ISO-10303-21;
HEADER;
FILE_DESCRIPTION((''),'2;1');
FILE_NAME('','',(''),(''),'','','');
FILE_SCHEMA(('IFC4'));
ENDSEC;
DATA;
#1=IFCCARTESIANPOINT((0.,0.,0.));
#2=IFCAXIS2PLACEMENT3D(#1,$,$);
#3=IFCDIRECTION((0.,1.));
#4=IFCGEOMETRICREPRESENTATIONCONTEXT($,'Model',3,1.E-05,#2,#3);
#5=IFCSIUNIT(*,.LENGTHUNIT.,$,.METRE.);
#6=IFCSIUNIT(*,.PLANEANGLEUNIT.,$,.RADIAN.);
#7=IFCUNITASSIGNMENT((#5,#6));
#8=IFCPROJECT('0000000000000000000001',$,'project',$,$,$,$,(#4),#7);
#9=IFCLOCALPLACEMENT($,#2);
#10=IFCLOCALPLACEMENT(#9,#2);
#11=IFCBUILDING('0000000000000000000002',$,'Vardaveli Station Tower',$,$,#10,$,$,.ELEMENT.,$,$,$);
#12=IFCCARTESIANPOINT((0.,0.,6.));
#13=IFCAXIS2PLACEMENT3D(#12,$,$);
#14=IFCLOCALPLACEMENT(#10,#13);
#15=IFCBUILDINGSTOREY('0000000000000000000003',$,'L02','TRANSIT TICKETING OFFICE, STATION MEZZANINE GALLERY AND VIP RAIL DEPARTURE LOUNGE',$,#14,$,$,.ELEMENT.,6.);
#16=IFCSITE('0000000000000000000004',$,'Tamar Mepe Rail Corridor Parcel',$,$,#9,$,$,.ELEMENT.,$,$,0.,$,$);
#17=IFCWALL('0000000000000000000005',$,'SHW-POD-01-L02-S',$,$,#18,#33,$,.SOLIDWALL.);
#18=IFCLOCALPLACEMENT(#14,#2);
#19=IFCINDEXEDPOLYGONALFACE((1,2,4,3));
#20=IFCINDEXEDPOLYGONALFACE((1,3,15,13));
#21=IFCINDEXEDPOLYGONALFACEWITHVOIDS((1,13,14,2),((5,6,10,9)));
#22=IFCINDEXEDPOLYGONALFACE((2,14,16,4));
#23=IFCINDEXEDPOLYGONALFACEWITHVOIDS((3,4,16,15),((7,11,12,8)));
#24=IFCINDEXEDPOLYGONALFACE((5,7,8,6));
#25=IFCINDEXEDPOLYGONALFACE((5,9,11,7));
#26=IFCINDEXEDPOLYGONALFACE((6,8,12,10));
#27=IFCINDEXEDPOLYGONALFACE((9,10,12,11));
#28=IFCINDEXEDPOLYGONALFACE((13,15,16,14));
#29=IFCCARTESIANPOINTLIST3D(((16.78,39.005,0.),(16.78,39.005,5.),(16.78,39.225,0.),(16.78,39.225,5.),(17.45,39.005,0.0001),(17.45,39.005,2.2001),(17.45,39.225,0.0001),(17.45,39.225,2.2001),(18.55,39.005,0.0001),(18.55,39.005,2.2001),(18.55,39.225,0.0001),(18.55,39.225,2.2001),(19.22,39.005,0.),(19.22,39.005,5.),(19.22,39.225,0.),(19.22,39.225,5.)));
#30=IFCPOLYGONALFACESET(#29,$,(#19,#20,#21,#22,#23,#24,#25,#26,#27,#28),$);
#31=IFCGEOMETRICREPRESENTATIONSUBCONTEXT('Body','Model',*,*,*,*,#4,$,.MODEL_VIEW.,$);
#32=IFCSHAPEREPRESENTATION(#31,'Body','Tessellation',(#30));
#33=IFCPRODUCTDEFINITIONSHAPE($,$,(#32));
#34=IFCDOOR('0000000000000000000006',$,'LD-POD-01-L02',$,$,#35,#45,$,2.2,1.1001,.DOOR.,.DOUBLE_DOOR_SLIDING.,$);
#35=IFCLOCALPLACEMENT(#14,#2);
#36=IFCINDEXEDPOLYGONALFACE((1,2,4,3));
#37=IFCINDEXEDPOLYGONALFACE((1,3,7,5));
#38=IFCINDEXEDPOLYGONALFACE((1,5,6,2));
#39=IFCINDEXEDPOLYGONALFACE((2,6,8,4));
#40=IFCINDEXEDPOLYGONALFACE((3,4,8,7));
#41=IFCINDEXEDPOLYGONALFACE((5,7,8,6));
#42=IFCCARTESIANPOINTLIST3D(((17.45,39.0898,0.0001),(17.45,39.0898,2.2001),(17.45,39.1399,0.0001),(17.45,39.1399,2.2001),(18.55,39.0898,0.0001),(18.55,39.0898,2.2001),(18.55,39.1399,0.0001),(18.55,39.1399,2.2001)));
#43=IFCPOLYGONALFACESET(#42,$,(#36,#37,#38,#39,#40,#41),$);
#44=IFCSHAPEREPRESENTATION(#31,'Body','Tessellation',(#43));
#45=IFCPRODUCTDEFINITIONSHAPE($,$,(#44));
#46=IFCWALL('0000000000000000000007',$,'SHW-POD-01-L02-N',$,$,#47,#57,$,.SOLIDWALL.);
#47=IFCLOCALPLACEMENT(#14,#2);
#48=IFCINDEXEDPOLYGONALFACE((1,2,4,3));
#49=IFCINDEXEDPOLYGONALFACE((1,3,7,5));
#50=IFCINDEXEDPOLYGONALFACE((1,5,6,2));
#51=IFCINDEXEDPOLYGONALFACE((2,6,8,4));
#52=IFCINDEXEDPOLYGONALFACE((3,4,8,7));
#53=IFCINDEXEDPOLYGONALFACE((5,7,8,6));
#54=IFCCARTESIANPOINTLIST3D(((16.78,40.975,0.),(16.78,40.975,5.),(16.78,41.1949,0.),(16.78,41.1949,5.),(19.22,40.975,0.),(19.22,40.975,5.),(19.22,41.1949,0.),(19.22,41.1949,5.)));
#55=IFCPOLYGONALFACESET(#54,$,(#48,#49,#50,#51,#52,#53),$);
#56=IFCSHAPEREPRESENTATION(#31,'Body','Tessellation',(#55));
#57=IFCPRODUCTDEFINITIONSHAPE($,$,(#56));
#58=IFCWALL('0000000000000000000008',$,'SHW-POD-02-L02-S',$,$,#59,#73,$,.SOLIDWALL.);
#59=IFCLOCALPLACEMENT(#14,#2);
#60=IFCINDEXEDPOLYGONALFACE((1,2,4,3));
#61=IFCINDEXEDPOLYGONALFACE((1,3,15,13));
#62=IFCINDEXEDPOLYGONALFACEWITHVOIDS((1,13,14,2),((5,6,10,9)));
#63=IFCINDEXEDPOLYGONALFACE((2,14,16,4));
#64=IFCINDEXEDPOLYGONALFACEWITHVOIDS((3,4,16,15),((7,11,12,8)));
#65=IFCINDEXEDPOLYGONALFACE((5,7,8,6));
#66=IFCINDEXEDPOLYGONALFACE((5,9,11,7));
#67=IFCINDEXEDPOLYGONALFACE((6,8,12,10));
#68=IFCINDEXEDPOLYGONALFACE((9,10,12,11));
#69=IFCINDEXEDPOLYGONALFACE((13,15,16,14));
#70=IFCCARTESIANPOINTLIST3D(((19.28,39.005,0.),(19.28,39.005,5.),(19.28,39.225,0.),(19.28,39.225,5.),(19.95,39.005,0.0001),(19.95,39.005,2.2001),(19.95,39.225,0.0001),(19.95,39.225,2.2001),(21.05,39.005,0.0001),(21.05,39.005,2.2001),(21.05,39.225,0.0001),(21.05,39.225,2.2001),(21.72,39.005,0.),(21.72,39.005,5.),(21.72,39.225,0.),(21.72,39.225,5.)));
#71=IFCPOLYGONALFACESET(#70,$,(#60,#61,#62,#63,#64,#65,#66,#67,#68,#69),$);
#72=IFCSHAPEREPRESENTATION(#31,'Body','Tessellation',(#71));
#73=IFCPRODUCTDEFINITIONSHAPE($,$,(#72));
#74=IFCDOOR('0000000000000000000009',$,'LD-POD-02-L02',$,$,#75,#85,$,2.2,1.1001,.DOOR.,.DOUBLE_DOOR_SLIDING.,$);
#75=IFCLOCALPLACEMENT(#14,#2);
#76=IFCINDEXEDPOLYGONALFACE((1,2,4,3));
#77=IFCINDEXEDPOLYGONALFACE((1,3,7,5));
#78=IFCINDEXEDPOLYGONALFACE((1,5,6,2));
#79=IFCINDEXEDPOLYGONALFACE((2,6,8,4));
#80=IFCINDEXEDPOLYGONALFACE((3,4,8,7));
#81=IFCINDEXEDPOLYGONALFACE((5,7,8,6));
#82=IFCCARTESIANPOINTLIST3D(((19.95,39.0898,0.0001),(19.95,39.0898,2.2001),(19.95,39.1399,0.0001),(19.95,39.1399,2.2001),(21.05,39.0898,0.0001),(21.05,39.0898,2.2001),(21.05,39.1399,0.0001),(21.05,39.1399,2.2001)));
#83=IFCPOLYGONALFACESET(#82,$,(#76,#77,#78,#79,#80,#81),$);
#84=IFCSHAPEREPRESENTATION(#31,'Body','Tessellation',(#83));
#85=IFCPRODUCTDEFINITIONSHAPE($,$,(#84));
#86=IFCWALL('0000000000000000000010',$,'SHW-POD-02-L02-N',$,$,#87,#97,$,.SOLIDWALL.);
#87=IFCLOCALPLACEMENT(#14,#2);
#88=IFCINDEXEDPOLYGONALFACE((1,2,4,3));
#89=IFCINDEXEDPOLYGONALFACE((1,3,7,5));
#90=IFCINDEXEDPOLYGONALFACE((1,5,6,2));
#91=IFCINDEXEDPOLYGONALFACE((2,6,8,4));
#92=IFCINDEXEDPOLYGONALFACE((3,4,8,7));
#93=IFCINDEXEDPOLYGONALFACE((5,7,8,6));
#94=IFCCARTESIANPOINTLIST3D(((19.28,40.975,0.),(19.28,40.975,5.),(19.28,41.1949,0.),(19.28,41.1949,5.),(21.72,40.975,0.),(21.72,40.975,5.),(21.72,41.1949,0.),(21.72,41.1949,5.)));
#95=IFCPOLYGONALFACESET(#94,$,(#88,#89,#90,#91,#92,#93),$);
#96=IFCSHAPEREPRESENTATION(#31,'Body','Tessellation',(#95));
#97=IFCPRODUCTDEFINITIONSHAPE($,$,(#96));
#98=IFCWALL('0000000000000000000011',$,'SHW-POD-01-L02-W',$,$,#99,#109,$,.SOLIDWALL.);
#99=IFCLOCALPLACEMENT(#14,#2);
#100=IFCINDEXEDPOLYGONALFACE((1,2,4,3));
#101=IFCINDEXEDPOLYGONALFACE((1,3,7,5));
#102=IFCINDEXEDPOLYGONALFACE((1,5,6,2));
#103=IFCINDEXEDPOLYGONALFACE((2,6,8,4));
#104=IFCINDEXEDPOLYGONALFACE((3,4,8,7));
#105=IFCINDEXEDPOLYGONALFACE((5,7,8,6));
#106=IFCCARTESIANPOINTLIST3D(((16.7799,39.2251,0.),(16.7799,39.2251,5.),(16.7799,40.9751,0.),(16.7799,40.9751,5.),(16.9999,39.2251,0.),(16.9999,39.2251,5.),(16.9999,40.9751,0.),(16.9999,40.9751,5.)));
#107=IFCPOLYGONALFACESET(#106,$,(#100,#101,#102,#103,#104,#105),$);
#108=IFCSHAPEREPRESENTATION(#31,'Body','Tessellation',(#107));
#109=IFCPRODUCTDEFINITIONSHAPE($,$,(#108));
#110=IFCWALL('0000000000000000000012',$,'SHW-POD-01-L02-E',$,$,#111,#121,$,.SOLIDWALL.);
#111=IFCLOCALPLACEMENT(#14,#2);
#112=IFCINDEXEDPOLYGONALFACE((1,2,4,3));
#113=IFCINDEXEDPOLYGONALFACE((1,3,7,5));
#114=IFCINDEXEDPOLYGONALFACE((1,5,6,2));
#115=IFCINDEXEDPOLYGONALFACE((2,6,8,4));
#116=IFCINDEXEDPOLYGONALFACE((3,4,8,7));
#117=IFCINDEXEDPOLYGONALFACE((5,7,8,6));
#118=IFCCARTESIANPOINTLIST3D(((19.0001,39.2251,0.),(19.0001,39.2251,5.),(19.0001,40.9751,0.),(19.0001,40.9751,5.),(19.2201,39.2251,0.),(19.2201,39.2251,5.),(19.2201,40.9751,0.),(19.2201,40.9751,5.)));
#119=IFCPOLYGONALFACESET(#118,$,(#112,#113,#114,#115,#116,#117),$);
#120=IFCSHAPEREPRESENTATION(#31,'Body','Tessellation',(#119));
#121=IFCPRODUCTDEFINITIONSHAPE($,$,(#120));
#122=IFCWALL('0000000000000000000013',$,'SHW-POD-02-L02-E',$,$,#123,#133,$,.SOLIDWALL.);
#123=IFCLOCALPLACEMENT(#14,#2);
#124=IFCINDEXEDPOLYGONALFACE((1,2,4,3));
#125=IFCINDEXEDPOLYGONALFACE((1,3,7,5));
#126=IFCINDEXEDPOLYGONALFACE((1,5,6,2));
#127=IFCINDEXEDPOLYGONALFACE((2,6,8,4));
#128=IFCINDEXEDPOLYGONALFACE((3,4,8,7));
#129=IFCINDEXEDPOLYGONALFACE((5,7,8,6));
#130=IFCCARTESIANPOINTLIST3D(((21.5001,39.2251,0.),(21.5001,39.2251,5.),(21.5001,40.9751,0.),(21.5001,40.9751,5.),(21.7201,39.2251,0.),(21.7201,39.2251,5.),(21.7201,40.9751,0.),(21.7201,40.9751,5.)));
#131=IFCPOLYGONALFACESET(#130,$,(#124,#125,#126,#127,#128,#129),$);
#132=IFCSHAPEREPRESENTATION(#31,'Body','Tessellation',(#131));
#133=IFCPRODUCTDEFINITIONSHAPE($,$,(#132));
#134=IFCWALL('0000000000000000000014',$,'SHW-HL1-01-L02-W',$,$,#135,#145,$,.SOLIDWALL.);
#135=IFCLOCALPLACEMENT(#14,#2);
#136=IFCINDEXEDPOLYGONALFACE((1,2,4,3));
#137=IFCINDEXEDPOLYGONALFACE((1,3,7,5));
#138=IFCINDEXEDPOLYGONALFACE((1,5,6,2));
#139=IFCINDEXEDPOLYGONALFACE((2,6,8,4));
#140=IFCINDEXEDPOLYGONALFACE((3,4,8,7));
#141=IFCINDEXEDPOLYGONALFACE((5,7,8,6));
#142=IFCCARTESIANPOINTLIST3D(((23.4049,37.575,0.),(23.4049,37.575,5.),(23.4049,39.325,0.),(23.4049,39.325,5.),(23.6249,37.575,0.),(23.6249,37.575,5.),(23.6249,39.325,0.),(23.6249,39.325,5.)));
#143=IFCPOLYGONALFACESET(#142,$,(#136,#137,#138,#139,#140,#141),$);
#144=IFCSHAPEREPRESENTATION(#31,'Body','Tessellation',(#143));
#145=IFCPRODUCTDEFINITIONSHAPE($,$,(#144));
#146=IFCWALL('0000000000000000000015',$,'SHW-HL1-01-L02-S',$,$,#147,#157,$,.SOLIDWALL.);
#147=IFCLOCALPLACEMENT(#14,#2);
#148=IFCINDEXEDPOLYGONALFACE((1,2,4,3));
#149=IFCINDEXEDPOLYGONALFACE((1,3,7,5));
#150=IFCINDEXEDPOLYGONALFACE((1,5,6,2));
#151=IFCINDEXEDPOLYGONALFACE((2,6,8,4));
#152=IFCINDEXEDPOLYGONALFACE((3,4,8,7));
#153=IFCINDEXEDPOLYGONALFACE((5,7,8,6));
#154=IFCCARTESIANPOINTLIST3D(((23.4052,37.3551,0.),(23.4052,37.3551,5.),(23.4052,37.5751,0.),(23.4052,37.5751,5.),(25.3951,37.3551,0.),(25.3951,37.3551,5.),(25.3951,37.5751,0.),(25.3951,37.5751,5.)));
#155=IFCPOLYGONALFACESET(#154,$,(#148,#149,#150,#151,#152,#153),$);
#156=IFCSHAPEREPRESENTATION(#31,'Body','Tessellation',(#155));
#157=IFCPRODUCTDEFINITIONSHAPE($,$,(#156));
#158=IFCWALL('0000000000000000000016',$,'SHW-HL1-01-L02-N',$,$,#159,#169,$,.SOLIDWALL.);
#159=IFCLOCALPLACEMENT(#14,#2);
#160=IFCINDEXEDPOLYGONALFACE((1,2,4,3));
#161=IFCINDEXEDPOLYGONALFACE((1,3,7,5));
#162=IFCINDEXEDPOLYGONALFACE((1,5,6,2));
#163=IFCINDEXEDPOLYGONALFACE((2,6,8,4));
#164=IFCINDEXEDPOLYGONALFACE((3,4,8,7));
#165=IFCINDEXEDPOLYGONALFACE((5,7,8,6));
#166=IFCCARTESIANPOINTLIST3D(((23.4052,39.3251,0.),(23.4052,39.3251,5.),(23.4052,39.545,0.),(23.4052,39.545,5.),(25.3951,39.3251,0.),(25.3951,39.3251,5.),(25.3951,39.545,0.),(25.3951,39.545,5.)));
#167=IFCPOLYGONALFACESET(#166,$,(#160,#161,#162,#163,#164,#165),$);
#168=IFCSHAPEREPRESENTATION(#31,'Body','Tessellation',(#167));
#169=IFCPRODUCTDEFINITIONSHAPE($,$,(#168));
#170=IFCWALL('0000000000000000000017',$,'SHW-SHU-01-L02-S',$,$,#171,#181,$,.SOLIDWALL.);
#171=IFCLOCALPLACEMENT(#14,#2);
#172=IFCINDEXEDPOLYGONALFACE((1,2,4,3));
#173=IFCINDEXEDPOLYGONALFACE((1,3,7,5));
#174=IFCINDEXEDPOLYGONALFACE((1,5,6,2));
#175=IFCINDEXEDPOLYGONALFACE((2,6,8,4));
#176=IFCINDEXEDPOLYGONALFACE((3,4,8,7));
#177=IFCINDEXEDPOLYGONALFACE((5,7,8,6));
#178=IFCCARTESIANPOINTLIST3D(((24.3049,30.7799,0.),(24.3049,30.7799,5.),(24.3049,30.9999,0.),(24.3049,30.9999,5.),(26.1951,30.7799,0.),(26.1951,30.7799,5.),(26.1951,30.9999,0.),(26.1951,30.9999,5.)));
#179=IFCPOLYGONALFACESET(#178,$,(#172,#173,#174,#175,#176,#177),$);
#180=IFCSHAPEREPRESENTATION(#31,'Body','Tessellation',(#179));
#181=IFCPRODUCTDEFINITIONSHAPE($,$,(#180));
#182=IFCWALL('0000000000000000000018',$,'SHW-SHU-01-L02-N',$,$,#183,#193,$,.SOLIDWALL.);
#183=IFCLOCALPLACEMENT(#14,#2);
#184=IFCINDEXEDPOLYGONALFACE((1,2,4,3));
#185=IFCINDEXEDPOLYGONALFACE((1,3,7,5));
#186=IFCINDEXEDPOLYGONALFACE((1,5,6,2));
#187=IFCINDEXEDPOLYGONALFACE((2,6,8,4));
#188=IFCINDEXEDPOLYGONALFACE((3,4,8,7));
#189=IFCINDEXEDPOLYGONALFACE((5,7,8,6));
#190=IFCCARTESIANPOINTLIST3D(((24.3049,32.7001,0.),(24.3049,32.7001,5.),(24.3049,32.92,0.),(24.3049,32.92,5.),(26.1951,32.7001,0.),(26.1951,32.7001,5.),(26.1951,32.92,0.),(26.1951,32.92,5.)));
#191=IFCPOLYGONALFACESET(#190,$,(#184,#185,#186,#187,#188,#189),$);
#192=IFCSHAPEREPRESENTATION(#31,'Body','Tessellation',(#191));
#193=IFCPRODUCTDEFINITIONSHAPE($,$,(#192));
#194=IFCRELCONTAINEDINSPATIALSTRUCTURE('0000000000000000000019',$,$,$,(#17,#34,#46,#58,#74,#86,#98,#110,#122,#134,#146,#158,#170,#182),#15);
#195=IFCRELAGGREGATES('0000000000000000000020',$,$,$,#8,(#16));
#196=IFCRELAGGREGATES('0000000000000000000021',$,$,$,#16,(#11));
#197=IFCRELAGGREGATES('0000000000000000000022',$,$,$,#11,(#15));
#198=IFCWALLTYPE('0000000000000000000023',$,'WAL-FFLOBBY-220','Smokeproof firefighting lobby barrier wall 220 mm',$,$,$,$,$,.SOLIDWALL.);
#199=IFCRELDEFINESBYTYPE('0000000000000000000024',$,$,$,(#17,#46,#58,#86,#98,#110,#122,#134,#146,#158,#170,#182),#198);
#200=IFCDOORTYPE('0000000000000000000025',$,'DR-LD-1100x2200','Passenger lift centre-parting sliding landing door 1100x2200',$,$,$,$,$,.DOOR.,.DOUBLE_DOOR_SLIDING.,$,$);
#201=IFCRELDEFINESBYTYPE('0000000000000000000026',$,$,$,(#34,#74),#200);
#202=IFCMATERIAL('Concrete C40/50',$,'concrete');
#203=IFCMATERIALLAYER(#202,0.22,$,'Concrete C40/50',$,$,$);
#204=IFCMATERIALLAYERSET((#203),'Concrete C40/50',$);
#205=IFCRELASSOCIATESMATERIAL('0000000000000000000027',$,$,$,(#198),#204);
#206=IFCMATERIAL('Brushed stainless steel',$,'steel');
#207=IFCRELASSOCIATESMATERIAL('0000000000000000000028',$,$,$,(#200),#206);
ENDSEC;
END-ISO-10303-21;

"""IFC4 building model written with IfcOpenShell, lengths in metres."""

from ifc_helpers import new_model, si_unit, direction, frame, frame_2d, origin, place, context, subcontext, project, spatial, rectangle, extrude, source, transform, mapped, material, layer, layer_set, type_object, element, fill, save


model = new_model("IFC4")

# Units and contexts
model_context = context("Model", 3, precision=1e-05, world=origin(), true_north=direction((0.0, 1.0)))
body_context = subcontext(model_context, "Body", "Model", "MODEL_VIEW")
ifc_project = project(units=[si_unit("LENGTHUNIT", "METRE"), si_unit("PLANEANGLEUNIT", "RADIAN")], contexts=[model_context])

# Site, building, storey
site_placement = place(None, origin())
site = spatial("IfcSite", under=ifc_project, at=site_placement, Name="Tamar Mepe Rail Corridor Parcel", CompositionType="ELEMENT", RefElevation=0.0)
building_placement = place(site_placement, origin())
building = spatial("IfcBuilding", under=site, at=building_placement, Name="Vardaveli Station Tower", CompositionType="ELEMENT")
storey_placement = place(building_placement, frame((0.0, 0.0, 6.0)))
storey = spatial("IfcBuildingStorey", under=building, at=storey_placement, Name="L02", Description="TRANSIT TICKETING OFFICE, STATION MEZZANINE GALLERY AND VIP RAIL DEPARTURE LOUNGE", CompositionType="ELEMENT", Elevation=6.0)

# Shared definitions
ifc_material_1 = material(Name="Concrete C40/50", Category="concrete")

# Wall, opening, door
ifc_layer_1 = layer(ifc_material_1, 0.22, Name="Concrete C40/50")
ifc_layer_set_1 = layer_set([ifc_layer_1], Name="Concrete C40/50")
wall_type_1 = type_object("IfcWallType", Name="WAL-FFLOBBY-220", Description="Smokeproof firefighting lobby barrier wall 220 mm", PredefinedType="SOLIDWALL", material=ifc_layer_set_1)
shared_shape_1 = source(origin(), body_context, "Body", "SweptSolid", [
    extrude(rectangle(XDim=2.4399, YDim=0.22, at=frame_2d((1.22, 0.0))), origin(), (0.0, 0.0, 1.0), 5.0),
])
wall_1_placement = place(storey_placement, frame((16.78, 39.115, 0.0), z_axis=(0.0, 0.0, 1.0), x_axis=(1.0, 0.0, 0.0)))
wall_1 = element("IfcWall", 1, at=wall_1_placement, inside=storey, type_object=wall_type_1, Name="SHW-POD-01-L02-S", PredefinedType="SOLIDWALL", context=body_context, shape_type="MappedRepresentation", body=[
    mapped(shared_shape_1, transform((0.0, 0.0, 0.0), scale=1.0)),
])
shared_shape_2 = source(origin(), body_context, "Body", "SweptSolid", [
    extrude(rectangle(XDim=1.1001, YDim=2.2, at=frame_2d((0.55, 1.1001))), frame((0.0, 0.1201, 0.0), z_axis=(0.0, -1.0, 0.0), x_axis=(1.0, 0.0, 0.0)), (0.0, 0.0, 1.0), 0.24),
])
opening_1_placement = place(wall_1_placement, frame((0.6699, 0.0, 0.0)))
opening_1 = element("IfcOpeningElement", 2, at=opening_1_placement, cuts=wall_1, PredefinedType="OPENING", context=body_context, shape_type="MappedRepresentation", body=[
    mapped(shared_shape_2, transform((0.0, 0.0, 0.0), scale=1.0)),
])
ifc_material_2 = material(Name="Brushed stainless steel", Category="steel")
door_type = type_object("IfcDoorType", Name="DR-LD-1100x2200", Description="Passenger lift centre-parting sliding landing door 1100x2200", OperationType="DOUBLE_DOOR_SLIDING", PredefinedType="DOOR", material=ifc_material_2)
shared_shape_3 = source(origin(), body_context, "Body", "SweptSolid", [
    extrude(rectangle(XDim=1.1001, YDim=2.2, at=frame_2d((0.55, 1.1001))), frame((0.0, 0.0249, 0.0), z_axis=(0.0, -1.0, 0.0), x_axis=(1.0, 0.0, 0.0)), (0.0, 0.0, 1.0), 0.05),
])
door_1_placement = place(opening_1_placement, origin())
door_1 = element("IfcDoor", 3, at=door_1_placement, inside=storey, type_object=door_type, Name="LD-POD-01-L02", OperationType="DOUBLE_DOOR_SLIDING", OverallHeight=2.2, OverallWidth=1.1001, PredefinedType="DOOR", context=body_context, shape_type="MappedRepresentation", body=[
    mapped(shared_shape_3, transform((0.0, 0.0, 0.0), scale=1.0)),
])
fill(opening_1, door_1)

# Wall
wall_2_placement = place(storey_placement, frame((16.78, 41.085, 0.0), z_axis=(0.0, 0.0, 1.0), x_axis=(1.0, 0.0, 0.0)))
element("IfcWall", 4, at=wall_2_placement, inside=storey, type_object=wall_type_1, Name="SHW-POD-01-L02-N", PredefinedType="SOLIDWALL", context=body_context, shape_type="MappedRepresentation", body=[
    mapped(shared_shape_1, transform((0.0, 0.0, 0.0), scale=1.0)),
])

# Wall, opening, door
wall_3_placement = place(storey_placement, frame((19.28, 39.115, 0.0), z_axis=(0.0, 0.0, 1.0), x_axis=(1.0, 0.0, 0.0)))
wall_3 = element("IfcWall", 5, at=wall_3_placement, inside=storey, type_object=wall_type_1, Name="SHW-POD-02-L02-S", PredefinedType="SOLIDWALL", context=body_context, shape_type="MappedRepresentation", body=[
    mapped(shared_shape_1, transform((0.0, 0.0, 0.0), scale=1.0)),
])
opening_2_placement = place(wall_3_placement, frame((0.6699, 0.0, 0.0)))
opening_2 = element("IfcOpeningElement", 6, at=opening_2_placement, cuts=wall_3, PredefinedType="OPENING", context=body_context, shape_type="MappedRepresentation", body=[
    mapped(shared_shape_2, transform((0.0, 0.0, 0.0), scale=1.0)),
])
door_2_placement = place(opening_2_placement, origin())
door_2 = element("IfcDoor", 7, at=door_2_placement, inside=storey, type_object=door_type, Name="LD-POD-02-L02", OperationType="DOUBLE_DOOR_SLIDING", OverallHeight=2.2, OverallWidth=1.1001, PredefinedType="DOOR", context=body_context, shape_type="MappedRepresentation", body=[
    mapped(shared_shape_3, transform((0.0, 0.0, 0.0), scale=1.0)),
])
fill(opening_2, door_2)

# Walls
wall_4_placement = place(storey_placement, frame((19.28, 41.085, 0.0), z_axis=(0.0, 0.0, 1.0), x_axis=(1.0, 0.0, 0.0)))
element("IfcWall", 8, at=wall_4_placement, inside=storey, type_object=wall_type_1, Name="SHW-POD-02-L02-N", PredefinedType="SOLIDWALL", context=body_context, shape_type="MappedRepresentation", body=[
    mapped(shared_shape_1, transform((0.0, 0.0, 0.0), scale=1.0)),
])
shared_shape_4 = source(origin(), body_context, "Body", "SweptSolid", [
    extrude(rectangle(XDim=1.75, YDim=0.22, at=frame_2d((0.875, 0.0))), origin(), (0.0, 0.0, 1.0), 5.0),
])
for number, where, z_axis, x_axis, name in (
    (9, (16.8899, 39.2251, 0.0), (0.0, 0.0, 1.0), (0.0, 1.0, 0.0), "SHW-POD-01-L02-W"),
    (10, (19.1101, 39.2251, 0.0), (0.0, 0.0, 1.0), (0.0, 1.0, 0.0), "SHW-POD-01-L02-E"),
    (11, (21.6101, 39.2251, 0.0), (0.0, 0.0, 1.0), (0.0, 1.0, 0.0), "SHW-POD-02-L02-E"),
    (12, (23.5149, 37.575, 0.0), (0.0, 0.0, 1.0), (0.0, 1.0, 0.0), "SHW-HL1-01-L02-W"),
):
    element("IfcWall", number, at=place(storey_placement, frame(where, z_axis=z_axis, x_axis=x_axis)), inside=storey, type_object=wall_type_1, Name=name, PredefinedType="SOLIDWALL", context=body_context, shape_type="MappedRepresentation", body=[
        mapped(shared_shape_4, transform((0.0, 0.0, 0.0), scale=1.0)),
    ])
shared_shape_5 = source(origin(), body_context, "Body", "SweptSolid", [
    extrude(rectangle(XDim=1.99, YDim=0.22, at=frame_2d((0.9951, 0.0))), origin(), (0.0, 0.0, 1.0), 5.0),
])
for number, where, z_axis, x_axis, name in (
    (13, (23.405, 37.4651, 0.0), (0.0, 0.0, 1.0), (1.0, 0.0, 0.0), "SHW-HL1-01-L02-S"),
    (14, (23.405, 39.4351, 0.0), (0.0, 0.0, 1.0), (1.0, 0.0, 0.0), "SHW-HL1-01-L02-N"),
):
    element("IfcWall", number, at=place(storey_placement, frame(where, z_axis=z_axis, x_axis=x_axis)), inside=storey, type_object=wall_type_1, Name=name, PredefinedType="SOLIDWALL", context=body_context, shape_type="MappedRepresentation", body=[
        mapped(shared_shape_5, transform((0.0, 0.0, 0.0), scale=1.0)),
    ])
shared_shape_6 = source(origin(), body_context, "Body", "SweptSolid", [
    extrude(rectangle(XDim=1.8901, YDim=0.22, at=frame_2d((0.9451, 0.0))), origin(), (0.0, 0.0, 1.0), 5.0),
])
for number, where, z_axis, x_axis, name in (
    (15, (24.3049, 30.8899, 0.0), (0.0, 0.0, 1.0), (1.0, 0.0, 0.0), "SHW-SHU-01-L02-S"),
    (16, (24.3049, 32.8101, 0.0), (0.0, 0.0, 1.0), (1.0, 0.0, 0.0), "SHW-SHU-01-L02-N"),
):
    element("IfcWall", number, at=place(storey_placement, frame(where, z_axis=z_axis, x_axis=x_axis)), inside=storey, type_object=wall_type_1, Name=name, PredefinedType="SOLIDWALL", context=body_context, shape_type="MappedRepresentation", body=[
        mapped(shared_shape_6, transform((0.0, 0.0, 0.0), scale=1.0)),
    ])

save(model, "model.ifc")
